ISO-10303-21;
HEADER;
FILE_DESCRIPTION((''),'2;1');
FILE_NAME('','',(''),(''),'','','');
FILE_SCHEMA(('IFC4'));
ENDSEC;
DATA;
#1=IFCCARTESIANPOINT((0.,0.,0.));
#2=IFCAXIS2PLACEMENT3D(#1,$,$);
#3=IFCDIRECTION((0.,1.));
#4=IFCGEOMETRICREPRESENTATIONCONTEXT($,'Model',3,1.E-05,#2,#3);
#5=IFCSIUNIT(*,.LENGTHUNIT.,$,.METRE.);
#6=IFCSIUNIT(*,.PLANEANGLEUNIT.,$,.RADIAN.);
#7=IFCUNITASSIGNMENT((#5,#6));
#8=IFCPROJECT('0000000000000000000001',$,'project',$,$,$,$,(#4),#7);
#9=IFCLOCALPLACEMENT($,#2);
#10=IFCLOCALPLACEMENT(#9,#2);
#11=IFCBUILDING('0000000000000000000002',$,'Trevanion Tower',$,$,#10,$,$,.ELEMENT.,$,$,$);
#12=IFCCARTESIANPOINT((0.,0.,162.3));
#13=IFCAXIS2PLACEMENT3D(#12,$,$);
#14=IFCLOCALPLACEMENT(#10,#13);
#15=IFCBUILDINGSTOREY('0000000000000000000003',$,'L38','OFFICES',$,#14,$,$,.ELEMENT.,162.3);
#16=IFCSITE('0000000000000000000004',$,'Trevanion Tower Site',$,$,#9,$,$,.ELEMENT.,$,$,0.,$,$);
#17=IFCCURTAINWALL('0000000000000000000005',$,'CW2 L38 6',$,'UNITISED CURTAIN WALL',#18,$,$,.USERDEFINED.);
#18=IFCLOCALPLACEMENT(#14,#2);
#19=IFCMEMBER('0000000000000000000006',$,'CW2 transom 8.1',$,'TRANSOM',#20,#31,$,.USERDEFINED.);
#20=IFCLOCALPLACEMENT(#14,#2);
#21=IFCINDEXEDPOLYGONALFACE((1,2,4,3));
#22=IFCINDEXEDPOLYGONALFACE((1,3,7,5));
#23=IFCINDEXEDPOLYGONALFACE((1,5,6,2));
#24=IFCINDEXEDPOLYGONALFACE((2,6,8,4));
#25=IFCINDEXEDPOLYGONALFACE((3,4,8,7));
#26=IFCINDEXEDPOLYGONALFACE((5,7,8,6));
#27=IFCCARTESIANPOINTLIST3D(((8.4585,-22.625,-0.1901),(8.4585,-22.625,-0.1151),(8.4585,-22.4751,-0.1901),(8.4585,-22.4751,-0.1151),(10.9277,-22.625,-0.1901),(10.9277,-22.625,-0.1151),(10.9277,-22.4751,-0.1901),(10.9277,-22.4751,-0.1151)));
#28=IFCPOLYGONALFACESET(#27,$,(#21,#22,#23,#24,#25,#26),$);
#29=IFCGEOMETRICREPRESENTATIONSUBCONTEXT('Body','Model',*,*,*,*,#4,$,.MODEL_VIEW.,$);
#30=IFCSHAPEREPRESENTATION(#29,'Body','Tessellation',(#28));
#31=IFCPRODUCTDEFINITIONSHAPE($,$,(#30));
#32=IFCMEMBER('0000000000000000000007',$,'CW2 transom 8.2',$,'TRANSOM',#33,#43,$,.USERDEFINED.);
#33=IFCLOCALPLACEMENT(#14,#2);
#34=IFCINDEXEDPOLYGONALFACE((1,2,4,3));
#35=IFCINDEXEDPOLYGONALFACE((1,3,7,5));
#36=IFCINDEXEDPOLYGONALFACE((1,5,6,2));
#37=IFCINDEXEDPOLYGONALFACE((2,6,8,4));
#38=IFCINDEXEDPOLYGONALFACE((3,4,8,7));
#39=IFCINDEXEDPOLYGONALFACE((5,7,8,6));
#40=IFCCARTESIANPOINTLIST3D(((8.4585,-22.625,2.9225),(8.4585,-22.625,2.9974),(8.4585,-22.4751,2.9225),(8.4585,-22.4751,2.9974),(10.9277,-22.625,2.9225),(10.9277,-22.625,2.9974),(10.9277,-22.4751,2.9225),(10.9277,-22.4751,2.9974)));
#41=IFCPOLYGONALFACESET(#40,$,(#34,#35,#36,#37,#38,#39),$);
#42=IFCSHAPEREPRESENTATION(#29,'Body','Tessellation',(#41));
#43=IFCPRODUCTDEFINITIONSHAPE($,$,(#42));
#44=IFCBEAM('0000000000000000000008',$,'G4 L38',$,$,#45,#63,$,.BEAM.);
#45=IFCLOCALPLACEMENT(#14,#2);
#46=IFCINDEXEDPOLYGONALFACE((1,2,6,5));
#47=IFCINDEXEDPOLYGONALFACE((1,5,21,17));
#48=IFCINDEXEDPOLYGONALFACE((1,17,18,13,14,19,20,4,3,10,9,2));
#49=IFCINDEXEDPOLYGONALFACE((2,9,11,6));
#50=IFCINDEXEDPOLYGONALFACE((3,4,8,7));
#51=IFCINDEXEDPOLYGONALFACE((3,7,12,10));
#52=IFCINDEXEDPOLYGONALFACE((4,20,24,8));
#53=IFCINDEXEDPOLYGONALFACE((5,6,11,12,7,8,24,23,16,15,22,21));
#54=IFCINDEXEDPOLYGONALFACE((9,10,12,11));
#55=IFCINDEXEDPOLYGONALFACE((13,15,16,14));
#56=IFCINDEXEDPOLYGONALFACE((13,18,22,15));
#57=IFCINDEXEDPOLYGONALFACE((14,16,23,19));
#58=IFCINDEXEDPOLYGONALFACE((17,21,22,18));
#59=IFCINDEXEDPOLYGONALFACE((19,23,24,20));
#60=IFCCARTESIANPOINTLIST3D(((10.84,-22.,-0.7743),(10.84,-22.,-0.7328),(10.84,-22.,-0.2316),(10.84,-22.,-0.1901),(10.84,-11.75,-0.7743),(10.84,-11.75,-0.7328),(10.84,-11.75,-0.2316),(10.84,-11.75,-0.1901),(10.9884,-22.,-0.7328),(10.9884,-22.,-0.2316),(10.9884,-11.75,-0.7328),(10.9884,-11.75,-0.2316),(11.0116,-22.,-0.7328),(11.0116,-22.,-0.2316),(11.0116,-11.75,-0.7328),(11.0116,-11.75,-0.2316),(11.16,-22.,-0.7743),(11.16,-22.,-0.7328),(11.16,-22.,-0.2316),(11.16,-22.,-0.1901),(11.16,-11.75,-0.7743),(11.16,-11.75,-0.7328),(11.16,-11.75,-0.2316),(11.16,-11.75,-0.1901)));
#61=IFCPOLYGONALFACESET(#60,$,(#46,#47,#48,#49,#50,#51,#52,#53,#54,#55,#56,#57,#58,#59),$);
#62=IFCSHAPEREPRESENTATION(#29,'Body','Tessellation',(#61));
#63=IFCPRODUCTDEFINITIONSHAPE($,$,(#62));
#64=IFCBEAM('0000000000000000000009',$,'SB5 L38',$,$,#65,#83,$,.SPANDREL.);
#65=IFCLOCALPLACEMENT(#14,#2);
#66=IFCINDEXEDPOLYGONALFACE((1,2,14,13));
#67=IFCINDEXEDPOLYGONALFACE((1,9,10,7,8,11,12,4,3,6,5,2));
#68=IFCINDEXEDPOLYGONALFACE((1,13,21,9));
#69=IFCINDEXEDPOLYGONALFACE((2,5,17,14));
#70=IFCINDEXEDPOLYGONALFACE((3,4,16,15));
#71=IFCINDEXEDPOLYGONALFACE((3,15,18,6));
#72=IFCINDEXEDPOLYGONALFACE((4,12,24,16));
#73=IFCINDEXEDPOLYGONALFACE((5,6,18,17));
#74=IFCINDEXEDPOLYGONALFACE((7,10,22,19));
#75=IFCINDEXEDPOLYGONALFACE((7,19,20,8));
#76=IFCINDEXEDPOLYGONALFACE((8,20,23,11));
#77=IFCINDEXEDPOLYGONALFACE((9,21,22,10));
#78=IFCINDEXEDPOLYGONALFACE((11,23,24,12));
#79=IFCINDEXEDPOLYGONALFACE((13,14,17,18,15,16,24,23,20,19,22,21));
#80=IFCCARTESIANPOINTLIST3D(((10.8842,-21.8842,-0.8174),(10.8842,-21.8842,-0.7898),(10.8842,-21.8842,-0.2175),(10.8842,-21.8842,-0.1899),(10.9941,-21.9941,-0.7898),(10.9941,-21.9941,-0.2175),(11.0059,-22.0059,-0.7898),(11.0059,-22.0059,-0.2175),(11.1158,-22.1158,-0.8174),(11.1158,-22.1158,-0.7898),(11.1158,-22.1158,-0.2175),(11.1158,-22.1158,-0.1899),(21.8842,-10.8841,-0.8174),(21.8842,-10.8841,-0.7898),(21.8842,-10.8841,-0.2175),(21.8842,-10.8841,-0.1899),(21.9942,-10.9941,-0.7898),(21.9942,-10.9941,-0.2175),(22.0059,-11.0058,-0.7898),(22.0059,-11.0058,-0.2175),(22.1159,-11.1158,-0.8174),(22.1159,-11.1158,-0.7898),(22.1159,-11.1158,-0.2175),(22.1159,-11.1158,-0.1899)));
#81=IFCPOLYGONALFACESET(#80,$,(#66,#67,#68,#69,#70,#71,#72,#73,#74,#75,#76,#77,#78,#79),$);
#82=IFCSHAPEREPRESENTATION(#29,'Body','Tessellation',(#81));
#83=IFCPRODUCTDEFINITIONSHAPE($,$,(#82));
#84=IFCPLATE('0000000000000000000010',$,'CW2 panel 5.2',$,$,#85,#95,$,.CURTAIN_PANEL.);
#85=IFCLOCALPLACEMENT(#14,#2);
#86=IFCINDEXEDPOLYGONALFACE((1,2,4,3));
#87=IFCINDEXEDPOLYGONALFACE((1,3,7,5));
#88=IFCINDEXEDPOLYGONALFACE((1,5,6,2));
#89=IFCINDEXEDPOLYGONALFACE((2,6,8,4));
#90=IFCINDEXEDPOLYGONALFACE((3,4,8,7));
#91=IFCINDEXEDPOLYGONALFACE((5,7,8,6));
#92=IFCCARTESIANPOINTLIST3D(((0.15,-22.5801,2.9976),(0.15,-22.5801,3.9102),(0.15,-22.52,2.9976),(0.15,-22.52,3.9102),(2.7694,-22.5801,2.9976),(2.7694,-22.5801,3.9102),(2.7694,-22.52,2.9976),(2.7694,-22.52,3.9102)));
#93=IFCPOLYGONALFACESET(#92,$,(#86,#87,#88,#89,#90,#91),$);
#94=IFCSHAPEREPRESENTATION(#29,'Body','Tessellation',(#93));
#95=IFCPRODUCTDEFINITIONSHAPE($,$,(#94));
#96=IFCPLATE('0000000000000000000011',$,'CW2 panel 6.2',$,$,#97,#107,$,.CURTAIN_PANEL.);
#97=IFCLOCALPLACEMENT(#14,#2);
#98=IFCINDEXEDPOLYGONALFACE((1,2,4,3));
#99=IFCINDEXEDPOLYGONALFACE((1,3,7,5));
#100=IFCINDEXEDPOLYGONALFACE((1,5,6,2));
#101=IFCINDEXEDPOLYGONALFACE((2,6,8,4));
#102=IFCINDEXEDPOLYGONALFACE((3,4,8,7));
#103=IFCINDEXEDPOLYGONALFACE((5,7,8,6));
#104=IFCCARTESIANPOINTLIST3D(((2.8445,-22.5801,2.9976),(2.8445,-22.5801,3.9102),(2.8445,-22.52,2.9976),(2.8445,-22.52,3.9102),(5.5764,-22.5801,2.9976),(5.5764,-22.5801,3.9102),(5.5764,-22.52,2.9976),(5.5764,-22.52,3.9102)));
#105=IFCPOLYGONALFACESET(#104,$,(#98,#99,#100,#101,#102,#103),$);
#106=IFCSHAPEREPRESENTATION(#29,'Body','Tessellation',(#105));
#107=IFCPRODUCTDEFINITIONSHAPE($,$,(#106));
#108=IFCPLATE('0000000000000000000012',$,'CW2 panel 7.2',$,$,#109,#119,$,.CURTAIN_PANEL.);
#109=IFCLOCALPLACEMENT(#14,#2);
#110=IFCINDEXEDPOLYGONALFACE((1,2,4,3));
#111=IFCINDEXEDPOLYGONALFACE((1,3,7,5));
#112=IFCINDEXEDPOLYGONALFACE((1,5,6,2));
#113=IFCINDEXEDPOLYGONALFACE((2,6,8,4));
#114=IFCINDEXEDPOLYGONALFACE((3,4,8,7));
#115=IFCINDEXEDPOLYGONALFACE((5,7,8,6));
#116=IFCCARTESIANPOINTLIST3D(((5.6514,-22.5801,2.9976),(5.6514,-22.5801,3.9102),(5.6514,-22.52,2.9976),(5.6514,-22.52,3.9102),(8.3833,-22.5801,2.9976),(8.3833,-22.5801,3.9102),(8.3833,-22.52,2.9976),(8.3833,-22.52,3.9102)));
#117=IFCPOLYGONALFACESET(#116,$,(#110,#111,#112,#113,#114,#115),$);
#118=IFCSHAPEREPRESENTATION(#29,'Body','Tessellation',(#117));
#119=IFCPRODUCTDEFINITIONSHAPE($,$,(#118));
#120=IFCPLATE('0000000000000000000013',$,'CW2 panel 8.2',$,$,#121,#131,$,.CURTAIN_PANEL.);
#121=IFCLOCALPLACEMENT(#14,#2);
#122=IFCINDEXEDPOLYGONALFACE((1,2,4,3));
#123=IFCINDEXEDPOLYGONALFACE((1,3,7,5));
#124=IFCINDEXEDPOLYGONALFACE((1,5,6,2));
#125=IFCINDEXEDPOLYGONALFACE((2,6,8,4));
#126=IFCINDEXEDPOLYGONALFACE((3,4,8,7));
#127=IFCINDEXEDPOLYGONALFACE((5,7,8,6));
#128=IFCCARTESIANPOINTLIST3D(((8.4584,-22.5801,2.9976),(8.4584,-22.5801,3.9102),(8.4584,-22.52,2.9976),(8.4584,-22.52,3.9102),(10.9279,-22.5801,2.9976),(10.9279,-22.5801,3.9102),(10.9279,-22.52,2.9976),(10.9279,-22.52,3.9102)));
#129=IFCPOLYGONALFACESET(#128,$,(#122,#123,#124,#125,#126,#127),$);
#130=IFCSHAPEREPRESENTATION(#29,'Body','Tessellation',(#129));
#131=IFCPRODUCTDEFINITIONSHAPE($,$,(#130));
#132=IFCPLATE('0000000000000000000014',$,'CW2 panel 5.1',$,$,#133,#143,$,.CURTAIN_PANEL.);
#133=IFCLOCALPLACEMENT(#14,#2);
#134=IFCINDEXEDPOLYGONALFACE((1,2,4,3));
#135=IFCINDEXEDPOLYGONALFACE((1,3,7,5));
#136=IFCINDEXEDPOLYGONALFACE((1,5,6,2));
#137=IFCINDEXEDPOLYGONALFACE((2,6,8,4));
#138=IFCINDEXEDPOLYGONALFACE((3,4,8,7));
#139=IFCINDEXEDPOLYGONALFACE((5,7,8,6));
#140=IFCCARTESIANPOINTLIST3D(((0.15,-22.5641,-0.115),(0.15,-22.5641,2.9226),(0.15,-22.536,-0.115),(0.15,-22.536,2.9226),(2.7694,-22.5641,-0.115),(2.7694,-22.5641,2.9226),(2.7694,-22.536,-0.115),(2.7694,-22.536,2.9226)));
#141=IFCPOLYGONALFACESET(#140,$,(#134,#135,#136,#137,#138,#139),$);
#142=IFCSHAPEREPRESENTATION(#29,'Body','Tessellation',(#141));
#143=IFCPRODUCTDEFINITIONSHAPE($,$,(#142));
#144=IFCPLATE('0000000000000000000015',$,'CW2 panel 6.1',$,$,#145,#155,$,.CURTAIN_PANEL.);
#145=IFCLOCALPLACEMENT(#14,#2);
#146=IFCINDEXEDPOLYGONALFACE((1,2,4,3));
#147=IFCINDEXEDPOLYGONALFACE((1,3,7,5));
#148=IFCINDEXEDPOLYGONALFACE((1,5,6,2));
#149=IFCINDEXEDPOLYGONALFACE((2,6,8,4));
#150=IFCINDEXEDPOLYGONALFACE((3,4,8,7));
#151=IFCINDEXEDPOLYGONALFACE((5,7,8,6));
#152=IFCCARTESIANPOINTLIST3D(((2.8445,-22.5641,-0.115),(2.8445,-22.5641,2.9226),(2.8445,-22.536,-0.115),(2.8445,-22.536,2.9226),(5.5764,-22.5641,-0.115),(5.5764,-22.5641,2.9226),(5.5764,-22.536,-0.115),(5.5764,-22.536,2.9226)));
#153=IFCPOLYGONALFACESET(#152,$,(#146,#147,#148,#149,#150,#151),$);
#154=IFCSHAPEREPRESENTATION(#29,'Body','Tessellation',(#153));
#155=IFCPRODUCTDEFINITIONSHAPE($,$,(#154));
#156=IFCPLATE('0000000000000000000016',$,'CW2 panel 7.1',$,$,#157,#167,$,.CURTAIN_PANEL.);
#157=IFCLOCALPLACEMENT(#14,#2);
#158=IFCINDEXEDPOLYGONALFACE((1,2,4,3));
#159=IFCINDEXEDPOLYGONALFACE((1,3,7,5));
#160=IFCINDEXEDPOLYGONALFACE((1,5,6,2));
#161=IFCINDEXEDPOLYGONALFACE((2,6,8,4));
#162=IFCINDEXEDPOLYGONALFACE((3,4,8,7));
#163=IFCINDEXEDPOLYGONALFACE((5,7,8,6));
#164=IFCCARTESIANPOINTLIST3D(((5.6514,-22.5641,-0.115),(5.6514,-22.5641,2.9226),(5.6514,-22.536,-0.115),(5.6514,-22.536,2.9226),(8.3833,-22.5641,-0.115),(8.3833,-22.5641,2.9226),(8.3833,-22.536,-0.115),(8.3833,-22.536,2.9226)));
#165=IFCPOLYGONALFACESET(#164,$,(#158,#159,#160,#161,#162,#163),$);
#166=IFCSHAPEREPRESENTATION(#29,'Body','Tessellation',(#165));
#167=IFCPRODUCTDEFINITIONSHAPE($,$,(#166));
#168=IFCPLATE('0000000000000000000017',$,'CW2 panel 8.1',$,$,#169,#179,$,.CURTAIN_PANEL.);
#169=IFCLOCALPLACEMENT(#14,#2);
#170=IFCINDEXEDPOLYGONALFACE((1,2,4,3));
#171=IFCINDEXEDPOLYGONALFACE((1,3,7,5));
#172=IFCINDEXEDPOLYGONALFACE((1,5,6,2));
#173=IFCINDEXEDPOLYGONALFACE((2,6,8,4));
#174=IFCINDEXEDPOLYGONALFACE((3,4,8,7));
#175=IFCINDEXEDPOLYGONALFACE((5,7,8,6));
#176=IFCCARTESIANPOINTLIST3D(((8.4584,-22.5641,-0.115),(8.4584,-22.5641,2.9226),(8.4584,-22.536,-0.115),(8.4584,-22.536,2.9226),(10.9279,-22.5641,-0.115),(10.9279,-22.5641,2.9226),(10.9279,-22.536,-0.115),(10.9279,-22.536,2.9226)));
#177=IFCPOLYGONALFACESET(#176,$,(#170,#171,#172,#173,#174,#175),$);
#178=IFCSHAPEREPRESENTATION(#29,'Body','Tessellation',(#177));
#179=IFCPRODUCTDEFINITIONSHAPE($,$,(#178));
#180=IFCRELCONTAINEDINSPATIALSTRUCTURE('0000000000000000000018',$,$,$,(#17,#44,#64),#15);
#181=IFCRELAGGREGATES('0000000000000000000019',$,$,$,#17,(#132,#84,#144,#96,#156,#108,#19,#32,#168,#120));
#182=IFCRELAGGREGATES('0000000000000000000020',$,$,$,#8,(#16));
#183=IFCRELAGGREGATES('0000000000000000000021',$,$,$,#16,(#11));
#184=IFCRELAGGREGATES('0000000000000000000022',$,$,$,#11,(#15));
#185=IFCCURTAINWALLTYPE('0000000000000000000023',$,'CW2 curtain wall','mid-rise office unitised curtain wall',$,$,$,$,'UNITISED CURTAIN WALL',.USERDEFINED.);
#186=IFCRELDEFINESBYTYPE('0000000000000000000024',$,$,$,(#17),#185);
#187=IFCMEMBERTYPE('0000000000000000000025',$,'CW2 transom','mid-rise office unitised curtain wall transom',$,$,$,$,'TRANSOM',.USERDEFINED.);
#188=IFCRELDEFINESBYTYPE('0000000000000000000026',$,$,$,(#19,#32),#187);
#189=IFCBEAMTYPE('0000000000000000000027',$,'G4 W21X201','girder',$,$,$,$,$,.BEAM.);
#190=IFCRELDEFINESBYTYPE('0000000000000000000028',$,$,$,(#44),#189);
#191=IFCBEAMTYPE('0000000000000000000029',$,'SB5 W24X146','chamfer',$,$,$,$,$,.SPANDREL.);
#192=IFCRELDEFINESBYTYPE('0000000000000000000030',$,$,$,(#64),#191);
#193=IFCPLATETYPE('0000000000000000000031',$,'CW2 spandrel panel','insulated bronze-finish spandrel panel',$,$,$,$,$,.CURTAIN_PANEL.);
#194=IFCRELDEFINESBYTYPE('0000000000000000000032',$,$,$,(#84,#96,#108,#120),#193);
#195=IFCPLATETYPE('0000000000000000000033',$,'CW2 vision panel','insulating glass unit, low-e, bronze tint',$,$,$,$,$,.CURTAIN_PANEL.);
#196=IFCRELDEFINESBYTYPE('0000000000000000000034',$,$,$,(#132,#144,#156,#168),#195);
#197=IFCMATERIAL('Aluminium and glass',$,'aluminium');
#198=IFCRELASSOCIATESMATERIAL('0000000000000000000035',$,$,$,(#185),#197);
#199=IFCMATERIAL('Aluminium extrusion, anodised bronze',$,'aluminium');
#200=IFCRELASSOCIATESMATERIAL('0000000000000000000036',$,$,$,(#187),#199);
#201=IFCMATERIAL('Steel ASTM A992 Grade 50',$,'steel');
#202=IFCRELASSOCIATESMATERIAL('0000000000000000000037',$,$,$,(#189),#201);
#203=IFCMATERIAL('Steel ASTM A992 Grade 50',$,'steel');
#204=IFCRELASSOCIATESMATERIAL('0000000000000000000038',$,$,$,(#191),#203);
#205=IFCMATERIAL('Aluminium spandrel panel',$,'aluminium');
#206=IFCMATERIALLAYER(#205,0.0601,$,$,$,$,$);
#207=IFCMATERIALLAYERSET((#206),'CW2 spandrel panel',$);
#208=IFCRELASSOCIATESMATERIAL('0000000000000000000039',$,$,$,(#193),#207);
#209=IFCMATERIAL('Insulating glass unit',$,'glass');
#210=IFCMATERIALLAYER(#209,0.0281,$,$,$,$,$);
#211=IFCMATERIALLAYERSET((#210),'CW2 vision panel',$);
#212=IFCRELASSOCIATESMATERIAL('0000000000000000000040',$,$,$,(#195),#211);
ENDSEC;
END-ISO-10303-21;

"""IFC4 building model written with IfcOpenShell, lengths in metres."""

from ifc_helpers import new_model, si_unit, direction, frame, origin, origin_2d, place, context, subcontext, project, spatial, rectangle, i_section, extrude, material, layer, layer_set, material_profile, profile_set, type_object, element, aggregate, save


model = new_model("IFC4")

# Units and contexts
model_context = context("Model", 3, precision=1e-05, world=origin(), true_north=direction((0.0, 1.0)))
body_context = subcontext(model_context, "Body", "Model", "MODEL_VIEW")
ifc_project = project(units=[si_unit("LENGTHUNIT", "METRE"), si_unit("PLANEANGLEUNIT", "RADIAN")], contexts=[model_context])

# Site, building, storey
site_placement = place(None, origin())
site = spatial("IfcSite", under=ifc_project, at=site_placement, Name="Trevanion Tower Site", CompositionType="ELEMENT", RefElevation=0.0)
building_placement = place(site_placement, origin())
building = spatial("IfcBuilding", under=site, at=building_placement, Name="Trevanion Tower", CompositionType="ELEMENT")
storey_placement = place(building_placement, frame((0.0, 0.0, 162.3)))
storey = spatial("IfcBuildingStorey", under=building, at=storey_placement, Name="L38", Description="OFFICES", CompositionType="ELEMENT", Elevation=162.3)

# Curtain wall, members
ifc_material_1 = material(Name="Aluminium and glass", Category="aluminium")
curtain_wall_type = type_object("IfcCurtainWallType", Name="CW2 curtain wall", Description="mid-rise office unitised curtain wall", ElementType="UNITISED CURTAIN WALL", PredefinedType="USERDEFINED", material=ifc_material_1)
curtain_wall_placement = place(storey_placement, origin())
curtain_wall = element("IfcCurtainWall", 1, at=curtain_wall_placement, inside=storey, type_object=curtain_wall_type, Name="CW2 L38 6", ObjectType="UNITISED CURTAIN WALL", PredefinedType="USERDEFINED")
ifc_material_2 = material(Name="Aluminium extrusion, anodised bronze", Category="aluminium")
ifc_material_profile_1 = material_profile(ifc_material_2, rectangle(XDim=0.1499, YDim=0.075, at=origin_2d()), Name="CW2 transom")
ifc_profile_set_1 = profile_set([ifc_material_profile_1], Name="Aluminium extrusion, anodised bronze")
member_type_1 = type_object("IfcMemberType", Name="CW2 transom", Description="mid-rise office unitised curtain wall transom", ElementType="TRANSOM", PredefinedType="USERDEFINED", material=ifc_profile_set_1)
member_1_placement = place(storey_placement, frame((8.4585, -22.55, -0.1526), z_axis=(1.0, 0.0, 0.0), x_axis=(0.0, 1.0, 0.0)))
member_1 = element("IfcMember", 2, at=member_1_placement, type_object=member_type_1, Name="CW2 transom 8.1", ObjectType="TRANSOM", PredefinedType="USERDEFINED", context=body_context, shape_type="SweptSolid", body=[
    extrude(rectangle(XDim=0.1499, YDim=0.075, at=origin_2d()), origin(), (0.0, 0.0, 1.0), 2.4692),
])
member_2_placement = place(storey_placement, frame((8.4585, -22.55, 2.96), z_axis=(1.0, 0.0, 0.0), x_axis=(0.0, 1.0, 0.0)))
member_2 = element("IfcMember", 3, at=member_2_placement, type_object=member_type_1, Name="CW2 transom 8.2", ObjectType="TRANSOM", PredefinedType="USERDEFINED", context=body_context, shape_type="SweptSolid", body=[
    extrude(rectangle(XDim=0.1499, YDim=0.075, at=origin_2d()), origin(), (0.0, 0.0, 1.0), 2.4692),
])

# Beams
ifc_material_3 = material(Name="Steel ASTM A992 Grade 50", Category="steel")
ifc_material_profile_2 = material_profile(ifc_material_3, i_section(OverallWidth=0.3201, OverallDepth=0.5842, WebThickness=0.0232, FlangeThickness=0.0415, at=origin_2d()), Name="W21X201")
ifc_profile_set_2 = profile_set([ifc_material_profile_2], Name="Steel ASTM A992 Grade 50")
beam_type_1 = type_object("IfcBeamType", Name="G4 W21X201", Description="girder", PredefinedType="BEAM", material=ifc_profile_set_2)
beam_1_placement = place(storey_placement, frame((11.0, -11.75, -0.4822), z_axis=(0.0, -1.0, 0.0), x_axis=(1.0, 0.0, 0.0)))
element("IfcBeam", 4, at=beam_1_placement, inside=storey, type_object=beam_type_1, Name="G4 L38", PredefinedType="BEAM", context=body_context, shape_type="SweptSolid", body=[
    extrude(i_section(OverallWidth=0.3201, OverallDepth=0.5842, WebThickness=0.0232, FlangeThickness=0.0415, at=origin_2d()), origin(), (0.0, 0.0, 1.0), 10.25),
])
ifc_material_4 = material(Name="Steel ASTM A992 Grade 50", Category="steel")
ifc_material_profile_3 = material_profile(ifc_material_4, i_section(OverallWidth=0.3276, OverallDepth=0.6274, WebThickness=0.0166, FlangeThickness=0.0276, at=origin_2d()), Name="W24X146")
ifc_profile_set_3 = profile_set([ifc_material_profile_3], Name="Steel ASTM A992 Grade 50")
beam_type_2 = type_object("IfcBeamType", Name="SB5 W24X146", Description="chamfer", PredefinedType="SPANDREL", material=ifc_profile_set_3)
beam_2_placement = place(storey_placement, frame((11.0, -22.0, -0.5037), z_axis=(0.707107, 0.707107, 0.0), x_axis=(-0.707107, 0.707107, 0.0)))
element("IfcBeam", 5, at=beam_2_placement, inside=storey, type_object=beam_type_2, Name="SB5 L38", PredefinedType="SPANDREL", context=body_context, shape_type="SweptSolid", body=[
    extrude(i_section(OverallWidth=0.3276, OverallDepth=0.6274, WebThickness=0.0166, FlangeThickness=0.0276, at=origin_2d()), origin(), (0.0, 0.0, 1.0), 15.5564),
])

# Plates
ifc_material_5 = material(Name="Aluminium spandrel panel", Category="aluminium")
ifc_layer_1 = layer(ifc_material_5, 0.0601)
ifc_layer_set_1 = layer_set([ifc_layer_1], Name="CW2 spandrel panel")
plate_type_1 = type_object("IfcPlateType", Name="CW2 spandrel panel", Description="insulated bronze-finish spandrel panel", PredefinedType="CURTAIN_PANEL", material=ifc_layer_set_1)
plate_1_placement = place(storey_placement, frame((1.4597, -22.55, 2.9976), z_axis=(0.0, 0.0, 1.0), x_axis=(1.0, 0.0, 0.0)))
plate_1 = element("IfcPlate", 6, at=plate_1_placement, type_object=plate_type_1, Name="CW2 panel 5.2", PredefinedType="CURTAIN_PANEL", context=body_context, shape_type="SweptSolid", body=[
    extrude(rectangle(XDim=2.6194, YDim=0.0601, at=origin_2d()), origin(), (0.0, 0.0, 1.0), 0.9126),
])
plate_2_placement = place(storey_placement, frame((4.2104, -22.55, 2.9976), z_axis=(0.0, 0.0, 1.0), x_axis=(1.0, 0.0, 0.0)))
plate_2 = element("IfcPlate", 7, at=plate_2_placement, type_object=plate_type_1, Name="CW2 panel 6.2", PredefinedType="CURTAIN_PANEL", context=body_context, shape_type="SweptSolid", body=[
    extrude(rectangle(XDim=2.7319, YDim=0.0601, at=origin_2d()), origin(), (0.0, 0.0, 1.0), 0.9126),
])
plate_3_placement = place(storey_placement, frame((7.0173, -22.55, 2.9976), z_axis=(0.0, 0.0, 1.0), x_axis=(1.0, 0.0, 0.0)))
plate_3 = element("IfcPlate", 8, at=plate_3_placement, type_object=plate_type_1, Name="CW2 panel 7.2", PredefinedType="CURTAIN_PANEL", context=body_context, shape_type="SweptSolid", body=[
    extrude(rectangle(XDim=2.7319, YDim=0.0601, at=origin_2d()), origin(), (0.0, 0.0, 1.0), 0.9126),
])
plate_4_placement = place(storey_placement, frame((9.6931, -22.55, 2.9976), z_axis=(0.0, 0.0, 1.0), x_axis=(1.0, 0.0, 0.0)))
plate_4 = element("IfcPlate", 9, at=plate_4_placement, type_object=plate_type_1, Name="CW2 panel 8.2", PredefinedType="CURTAIN_PANEL", context=body_context, shape_type="SweptSolid", body=[
    extrude(rectangle(XDim=2.4695, YDim=0.0601, at=origin_2d()), origin(), (0.0, 0.0, 1.0), 0.9126),
])
ifc_material_6 = material(Name="Insulating glass unit", Category="glass")
ifc_layer_2 = layer(ifc_material_6, 0.0281)
ifc_layer_set_2 = layer_set([ifc_layer_2], Name="CW2 vision panel")
plate_type_2 = type_object("IfcPlateType", Name="CW2 vision panel", Description="insulating glass unit, low-e, bronze tint", PredefinedType="CURTAIN_PANEL", material=ifc_layer_set_2)
plate_5_placement = place(storey_placement, frame((1.4597, -22.55, -0.115), z_axis=(0.0, 0.0, 1.0), x_axis=(1.0, 0.0, 0.0)))
plate_5 = element("IfcPlate", 10, at=plate_5_placement, type_object=plate_type_2, Name="CW2 panel 5.1", PredefinedType="CURTAIN_PANEL", context=body_context, shape_type="SweptSolid", body=[
    extrude(rectangle(XDim=2.6194, YDim=0.0281, at=origin_2d()), origin(), (0.0, 0.0, 1.0), 3.0376),
])
plate_6_placement = place(storey_placement, frame((4.2104, -22.55, -0.115), z_axis=(0.0, 0.0, 1.0), x_axis=(1.0, 0.0, 0.0)))
plate_6 = element("IfcPlate", 11, at=plate_6_placement, type_object=plate_type_2, Name="CW2 panel 6.1", PredefinedType="CURTAIN_PANEL", context=body_context, shape_type="SweptSolid", body=[
    extrude(rectangle(XDim=2.7319, YDim=0.0281, at=origin_2d()), origin(), (0.0, 0.0, 1.0), 3.0376),
])
plate_7_placement = place(storey_placement, frame((7.0173, -22.55, -0.115), z_axis=(0.0, 0.0, 1.0), x_axis=(1.0, 0.0, 0.0)))
plate_7 = element("IfcPlate", 12, at=plate_7_placement, type_object=plate_type_2, Name="CW2 panel 7.1", PredefinedType="CURTAIN_PANEL", context=body_context, shape_type="SweptSolid", body=[
    extrude(rectangle(XDim=2.7319, YDim=0.0281, at=origin_2d()), origin(), (0.0, 0.0, 1.0), 3.0376),
])
plate_8_placement = place(storey_placement, frame((9.6931, -22.55, -0.115), z_axis=(0.0, 0.0, 1.0), x_axis=(1.0, 0.0, 0.0)))
plate_8 = element("IfcPlate", 13, at=plate_8_placement, type_object=plate_type_2, Name="CW2 panel 8.1", PredefinedType="CURTAIN_PANEL", context=body_context, shape_type="SweptSolid", body=[
    extrude(rectangle(XDim=2.4695, YDim=0.0281, at=origin_2d()), origin(), (0.0, 0.0, 1.0), 3.0376),
])
aggregate(curtain_wall, [plate_5, plate_1, plate_6, plate_2, plate_7, plate_3, member_1, member_2, plate_8, plate_4])

save(model, "model.ifc")
